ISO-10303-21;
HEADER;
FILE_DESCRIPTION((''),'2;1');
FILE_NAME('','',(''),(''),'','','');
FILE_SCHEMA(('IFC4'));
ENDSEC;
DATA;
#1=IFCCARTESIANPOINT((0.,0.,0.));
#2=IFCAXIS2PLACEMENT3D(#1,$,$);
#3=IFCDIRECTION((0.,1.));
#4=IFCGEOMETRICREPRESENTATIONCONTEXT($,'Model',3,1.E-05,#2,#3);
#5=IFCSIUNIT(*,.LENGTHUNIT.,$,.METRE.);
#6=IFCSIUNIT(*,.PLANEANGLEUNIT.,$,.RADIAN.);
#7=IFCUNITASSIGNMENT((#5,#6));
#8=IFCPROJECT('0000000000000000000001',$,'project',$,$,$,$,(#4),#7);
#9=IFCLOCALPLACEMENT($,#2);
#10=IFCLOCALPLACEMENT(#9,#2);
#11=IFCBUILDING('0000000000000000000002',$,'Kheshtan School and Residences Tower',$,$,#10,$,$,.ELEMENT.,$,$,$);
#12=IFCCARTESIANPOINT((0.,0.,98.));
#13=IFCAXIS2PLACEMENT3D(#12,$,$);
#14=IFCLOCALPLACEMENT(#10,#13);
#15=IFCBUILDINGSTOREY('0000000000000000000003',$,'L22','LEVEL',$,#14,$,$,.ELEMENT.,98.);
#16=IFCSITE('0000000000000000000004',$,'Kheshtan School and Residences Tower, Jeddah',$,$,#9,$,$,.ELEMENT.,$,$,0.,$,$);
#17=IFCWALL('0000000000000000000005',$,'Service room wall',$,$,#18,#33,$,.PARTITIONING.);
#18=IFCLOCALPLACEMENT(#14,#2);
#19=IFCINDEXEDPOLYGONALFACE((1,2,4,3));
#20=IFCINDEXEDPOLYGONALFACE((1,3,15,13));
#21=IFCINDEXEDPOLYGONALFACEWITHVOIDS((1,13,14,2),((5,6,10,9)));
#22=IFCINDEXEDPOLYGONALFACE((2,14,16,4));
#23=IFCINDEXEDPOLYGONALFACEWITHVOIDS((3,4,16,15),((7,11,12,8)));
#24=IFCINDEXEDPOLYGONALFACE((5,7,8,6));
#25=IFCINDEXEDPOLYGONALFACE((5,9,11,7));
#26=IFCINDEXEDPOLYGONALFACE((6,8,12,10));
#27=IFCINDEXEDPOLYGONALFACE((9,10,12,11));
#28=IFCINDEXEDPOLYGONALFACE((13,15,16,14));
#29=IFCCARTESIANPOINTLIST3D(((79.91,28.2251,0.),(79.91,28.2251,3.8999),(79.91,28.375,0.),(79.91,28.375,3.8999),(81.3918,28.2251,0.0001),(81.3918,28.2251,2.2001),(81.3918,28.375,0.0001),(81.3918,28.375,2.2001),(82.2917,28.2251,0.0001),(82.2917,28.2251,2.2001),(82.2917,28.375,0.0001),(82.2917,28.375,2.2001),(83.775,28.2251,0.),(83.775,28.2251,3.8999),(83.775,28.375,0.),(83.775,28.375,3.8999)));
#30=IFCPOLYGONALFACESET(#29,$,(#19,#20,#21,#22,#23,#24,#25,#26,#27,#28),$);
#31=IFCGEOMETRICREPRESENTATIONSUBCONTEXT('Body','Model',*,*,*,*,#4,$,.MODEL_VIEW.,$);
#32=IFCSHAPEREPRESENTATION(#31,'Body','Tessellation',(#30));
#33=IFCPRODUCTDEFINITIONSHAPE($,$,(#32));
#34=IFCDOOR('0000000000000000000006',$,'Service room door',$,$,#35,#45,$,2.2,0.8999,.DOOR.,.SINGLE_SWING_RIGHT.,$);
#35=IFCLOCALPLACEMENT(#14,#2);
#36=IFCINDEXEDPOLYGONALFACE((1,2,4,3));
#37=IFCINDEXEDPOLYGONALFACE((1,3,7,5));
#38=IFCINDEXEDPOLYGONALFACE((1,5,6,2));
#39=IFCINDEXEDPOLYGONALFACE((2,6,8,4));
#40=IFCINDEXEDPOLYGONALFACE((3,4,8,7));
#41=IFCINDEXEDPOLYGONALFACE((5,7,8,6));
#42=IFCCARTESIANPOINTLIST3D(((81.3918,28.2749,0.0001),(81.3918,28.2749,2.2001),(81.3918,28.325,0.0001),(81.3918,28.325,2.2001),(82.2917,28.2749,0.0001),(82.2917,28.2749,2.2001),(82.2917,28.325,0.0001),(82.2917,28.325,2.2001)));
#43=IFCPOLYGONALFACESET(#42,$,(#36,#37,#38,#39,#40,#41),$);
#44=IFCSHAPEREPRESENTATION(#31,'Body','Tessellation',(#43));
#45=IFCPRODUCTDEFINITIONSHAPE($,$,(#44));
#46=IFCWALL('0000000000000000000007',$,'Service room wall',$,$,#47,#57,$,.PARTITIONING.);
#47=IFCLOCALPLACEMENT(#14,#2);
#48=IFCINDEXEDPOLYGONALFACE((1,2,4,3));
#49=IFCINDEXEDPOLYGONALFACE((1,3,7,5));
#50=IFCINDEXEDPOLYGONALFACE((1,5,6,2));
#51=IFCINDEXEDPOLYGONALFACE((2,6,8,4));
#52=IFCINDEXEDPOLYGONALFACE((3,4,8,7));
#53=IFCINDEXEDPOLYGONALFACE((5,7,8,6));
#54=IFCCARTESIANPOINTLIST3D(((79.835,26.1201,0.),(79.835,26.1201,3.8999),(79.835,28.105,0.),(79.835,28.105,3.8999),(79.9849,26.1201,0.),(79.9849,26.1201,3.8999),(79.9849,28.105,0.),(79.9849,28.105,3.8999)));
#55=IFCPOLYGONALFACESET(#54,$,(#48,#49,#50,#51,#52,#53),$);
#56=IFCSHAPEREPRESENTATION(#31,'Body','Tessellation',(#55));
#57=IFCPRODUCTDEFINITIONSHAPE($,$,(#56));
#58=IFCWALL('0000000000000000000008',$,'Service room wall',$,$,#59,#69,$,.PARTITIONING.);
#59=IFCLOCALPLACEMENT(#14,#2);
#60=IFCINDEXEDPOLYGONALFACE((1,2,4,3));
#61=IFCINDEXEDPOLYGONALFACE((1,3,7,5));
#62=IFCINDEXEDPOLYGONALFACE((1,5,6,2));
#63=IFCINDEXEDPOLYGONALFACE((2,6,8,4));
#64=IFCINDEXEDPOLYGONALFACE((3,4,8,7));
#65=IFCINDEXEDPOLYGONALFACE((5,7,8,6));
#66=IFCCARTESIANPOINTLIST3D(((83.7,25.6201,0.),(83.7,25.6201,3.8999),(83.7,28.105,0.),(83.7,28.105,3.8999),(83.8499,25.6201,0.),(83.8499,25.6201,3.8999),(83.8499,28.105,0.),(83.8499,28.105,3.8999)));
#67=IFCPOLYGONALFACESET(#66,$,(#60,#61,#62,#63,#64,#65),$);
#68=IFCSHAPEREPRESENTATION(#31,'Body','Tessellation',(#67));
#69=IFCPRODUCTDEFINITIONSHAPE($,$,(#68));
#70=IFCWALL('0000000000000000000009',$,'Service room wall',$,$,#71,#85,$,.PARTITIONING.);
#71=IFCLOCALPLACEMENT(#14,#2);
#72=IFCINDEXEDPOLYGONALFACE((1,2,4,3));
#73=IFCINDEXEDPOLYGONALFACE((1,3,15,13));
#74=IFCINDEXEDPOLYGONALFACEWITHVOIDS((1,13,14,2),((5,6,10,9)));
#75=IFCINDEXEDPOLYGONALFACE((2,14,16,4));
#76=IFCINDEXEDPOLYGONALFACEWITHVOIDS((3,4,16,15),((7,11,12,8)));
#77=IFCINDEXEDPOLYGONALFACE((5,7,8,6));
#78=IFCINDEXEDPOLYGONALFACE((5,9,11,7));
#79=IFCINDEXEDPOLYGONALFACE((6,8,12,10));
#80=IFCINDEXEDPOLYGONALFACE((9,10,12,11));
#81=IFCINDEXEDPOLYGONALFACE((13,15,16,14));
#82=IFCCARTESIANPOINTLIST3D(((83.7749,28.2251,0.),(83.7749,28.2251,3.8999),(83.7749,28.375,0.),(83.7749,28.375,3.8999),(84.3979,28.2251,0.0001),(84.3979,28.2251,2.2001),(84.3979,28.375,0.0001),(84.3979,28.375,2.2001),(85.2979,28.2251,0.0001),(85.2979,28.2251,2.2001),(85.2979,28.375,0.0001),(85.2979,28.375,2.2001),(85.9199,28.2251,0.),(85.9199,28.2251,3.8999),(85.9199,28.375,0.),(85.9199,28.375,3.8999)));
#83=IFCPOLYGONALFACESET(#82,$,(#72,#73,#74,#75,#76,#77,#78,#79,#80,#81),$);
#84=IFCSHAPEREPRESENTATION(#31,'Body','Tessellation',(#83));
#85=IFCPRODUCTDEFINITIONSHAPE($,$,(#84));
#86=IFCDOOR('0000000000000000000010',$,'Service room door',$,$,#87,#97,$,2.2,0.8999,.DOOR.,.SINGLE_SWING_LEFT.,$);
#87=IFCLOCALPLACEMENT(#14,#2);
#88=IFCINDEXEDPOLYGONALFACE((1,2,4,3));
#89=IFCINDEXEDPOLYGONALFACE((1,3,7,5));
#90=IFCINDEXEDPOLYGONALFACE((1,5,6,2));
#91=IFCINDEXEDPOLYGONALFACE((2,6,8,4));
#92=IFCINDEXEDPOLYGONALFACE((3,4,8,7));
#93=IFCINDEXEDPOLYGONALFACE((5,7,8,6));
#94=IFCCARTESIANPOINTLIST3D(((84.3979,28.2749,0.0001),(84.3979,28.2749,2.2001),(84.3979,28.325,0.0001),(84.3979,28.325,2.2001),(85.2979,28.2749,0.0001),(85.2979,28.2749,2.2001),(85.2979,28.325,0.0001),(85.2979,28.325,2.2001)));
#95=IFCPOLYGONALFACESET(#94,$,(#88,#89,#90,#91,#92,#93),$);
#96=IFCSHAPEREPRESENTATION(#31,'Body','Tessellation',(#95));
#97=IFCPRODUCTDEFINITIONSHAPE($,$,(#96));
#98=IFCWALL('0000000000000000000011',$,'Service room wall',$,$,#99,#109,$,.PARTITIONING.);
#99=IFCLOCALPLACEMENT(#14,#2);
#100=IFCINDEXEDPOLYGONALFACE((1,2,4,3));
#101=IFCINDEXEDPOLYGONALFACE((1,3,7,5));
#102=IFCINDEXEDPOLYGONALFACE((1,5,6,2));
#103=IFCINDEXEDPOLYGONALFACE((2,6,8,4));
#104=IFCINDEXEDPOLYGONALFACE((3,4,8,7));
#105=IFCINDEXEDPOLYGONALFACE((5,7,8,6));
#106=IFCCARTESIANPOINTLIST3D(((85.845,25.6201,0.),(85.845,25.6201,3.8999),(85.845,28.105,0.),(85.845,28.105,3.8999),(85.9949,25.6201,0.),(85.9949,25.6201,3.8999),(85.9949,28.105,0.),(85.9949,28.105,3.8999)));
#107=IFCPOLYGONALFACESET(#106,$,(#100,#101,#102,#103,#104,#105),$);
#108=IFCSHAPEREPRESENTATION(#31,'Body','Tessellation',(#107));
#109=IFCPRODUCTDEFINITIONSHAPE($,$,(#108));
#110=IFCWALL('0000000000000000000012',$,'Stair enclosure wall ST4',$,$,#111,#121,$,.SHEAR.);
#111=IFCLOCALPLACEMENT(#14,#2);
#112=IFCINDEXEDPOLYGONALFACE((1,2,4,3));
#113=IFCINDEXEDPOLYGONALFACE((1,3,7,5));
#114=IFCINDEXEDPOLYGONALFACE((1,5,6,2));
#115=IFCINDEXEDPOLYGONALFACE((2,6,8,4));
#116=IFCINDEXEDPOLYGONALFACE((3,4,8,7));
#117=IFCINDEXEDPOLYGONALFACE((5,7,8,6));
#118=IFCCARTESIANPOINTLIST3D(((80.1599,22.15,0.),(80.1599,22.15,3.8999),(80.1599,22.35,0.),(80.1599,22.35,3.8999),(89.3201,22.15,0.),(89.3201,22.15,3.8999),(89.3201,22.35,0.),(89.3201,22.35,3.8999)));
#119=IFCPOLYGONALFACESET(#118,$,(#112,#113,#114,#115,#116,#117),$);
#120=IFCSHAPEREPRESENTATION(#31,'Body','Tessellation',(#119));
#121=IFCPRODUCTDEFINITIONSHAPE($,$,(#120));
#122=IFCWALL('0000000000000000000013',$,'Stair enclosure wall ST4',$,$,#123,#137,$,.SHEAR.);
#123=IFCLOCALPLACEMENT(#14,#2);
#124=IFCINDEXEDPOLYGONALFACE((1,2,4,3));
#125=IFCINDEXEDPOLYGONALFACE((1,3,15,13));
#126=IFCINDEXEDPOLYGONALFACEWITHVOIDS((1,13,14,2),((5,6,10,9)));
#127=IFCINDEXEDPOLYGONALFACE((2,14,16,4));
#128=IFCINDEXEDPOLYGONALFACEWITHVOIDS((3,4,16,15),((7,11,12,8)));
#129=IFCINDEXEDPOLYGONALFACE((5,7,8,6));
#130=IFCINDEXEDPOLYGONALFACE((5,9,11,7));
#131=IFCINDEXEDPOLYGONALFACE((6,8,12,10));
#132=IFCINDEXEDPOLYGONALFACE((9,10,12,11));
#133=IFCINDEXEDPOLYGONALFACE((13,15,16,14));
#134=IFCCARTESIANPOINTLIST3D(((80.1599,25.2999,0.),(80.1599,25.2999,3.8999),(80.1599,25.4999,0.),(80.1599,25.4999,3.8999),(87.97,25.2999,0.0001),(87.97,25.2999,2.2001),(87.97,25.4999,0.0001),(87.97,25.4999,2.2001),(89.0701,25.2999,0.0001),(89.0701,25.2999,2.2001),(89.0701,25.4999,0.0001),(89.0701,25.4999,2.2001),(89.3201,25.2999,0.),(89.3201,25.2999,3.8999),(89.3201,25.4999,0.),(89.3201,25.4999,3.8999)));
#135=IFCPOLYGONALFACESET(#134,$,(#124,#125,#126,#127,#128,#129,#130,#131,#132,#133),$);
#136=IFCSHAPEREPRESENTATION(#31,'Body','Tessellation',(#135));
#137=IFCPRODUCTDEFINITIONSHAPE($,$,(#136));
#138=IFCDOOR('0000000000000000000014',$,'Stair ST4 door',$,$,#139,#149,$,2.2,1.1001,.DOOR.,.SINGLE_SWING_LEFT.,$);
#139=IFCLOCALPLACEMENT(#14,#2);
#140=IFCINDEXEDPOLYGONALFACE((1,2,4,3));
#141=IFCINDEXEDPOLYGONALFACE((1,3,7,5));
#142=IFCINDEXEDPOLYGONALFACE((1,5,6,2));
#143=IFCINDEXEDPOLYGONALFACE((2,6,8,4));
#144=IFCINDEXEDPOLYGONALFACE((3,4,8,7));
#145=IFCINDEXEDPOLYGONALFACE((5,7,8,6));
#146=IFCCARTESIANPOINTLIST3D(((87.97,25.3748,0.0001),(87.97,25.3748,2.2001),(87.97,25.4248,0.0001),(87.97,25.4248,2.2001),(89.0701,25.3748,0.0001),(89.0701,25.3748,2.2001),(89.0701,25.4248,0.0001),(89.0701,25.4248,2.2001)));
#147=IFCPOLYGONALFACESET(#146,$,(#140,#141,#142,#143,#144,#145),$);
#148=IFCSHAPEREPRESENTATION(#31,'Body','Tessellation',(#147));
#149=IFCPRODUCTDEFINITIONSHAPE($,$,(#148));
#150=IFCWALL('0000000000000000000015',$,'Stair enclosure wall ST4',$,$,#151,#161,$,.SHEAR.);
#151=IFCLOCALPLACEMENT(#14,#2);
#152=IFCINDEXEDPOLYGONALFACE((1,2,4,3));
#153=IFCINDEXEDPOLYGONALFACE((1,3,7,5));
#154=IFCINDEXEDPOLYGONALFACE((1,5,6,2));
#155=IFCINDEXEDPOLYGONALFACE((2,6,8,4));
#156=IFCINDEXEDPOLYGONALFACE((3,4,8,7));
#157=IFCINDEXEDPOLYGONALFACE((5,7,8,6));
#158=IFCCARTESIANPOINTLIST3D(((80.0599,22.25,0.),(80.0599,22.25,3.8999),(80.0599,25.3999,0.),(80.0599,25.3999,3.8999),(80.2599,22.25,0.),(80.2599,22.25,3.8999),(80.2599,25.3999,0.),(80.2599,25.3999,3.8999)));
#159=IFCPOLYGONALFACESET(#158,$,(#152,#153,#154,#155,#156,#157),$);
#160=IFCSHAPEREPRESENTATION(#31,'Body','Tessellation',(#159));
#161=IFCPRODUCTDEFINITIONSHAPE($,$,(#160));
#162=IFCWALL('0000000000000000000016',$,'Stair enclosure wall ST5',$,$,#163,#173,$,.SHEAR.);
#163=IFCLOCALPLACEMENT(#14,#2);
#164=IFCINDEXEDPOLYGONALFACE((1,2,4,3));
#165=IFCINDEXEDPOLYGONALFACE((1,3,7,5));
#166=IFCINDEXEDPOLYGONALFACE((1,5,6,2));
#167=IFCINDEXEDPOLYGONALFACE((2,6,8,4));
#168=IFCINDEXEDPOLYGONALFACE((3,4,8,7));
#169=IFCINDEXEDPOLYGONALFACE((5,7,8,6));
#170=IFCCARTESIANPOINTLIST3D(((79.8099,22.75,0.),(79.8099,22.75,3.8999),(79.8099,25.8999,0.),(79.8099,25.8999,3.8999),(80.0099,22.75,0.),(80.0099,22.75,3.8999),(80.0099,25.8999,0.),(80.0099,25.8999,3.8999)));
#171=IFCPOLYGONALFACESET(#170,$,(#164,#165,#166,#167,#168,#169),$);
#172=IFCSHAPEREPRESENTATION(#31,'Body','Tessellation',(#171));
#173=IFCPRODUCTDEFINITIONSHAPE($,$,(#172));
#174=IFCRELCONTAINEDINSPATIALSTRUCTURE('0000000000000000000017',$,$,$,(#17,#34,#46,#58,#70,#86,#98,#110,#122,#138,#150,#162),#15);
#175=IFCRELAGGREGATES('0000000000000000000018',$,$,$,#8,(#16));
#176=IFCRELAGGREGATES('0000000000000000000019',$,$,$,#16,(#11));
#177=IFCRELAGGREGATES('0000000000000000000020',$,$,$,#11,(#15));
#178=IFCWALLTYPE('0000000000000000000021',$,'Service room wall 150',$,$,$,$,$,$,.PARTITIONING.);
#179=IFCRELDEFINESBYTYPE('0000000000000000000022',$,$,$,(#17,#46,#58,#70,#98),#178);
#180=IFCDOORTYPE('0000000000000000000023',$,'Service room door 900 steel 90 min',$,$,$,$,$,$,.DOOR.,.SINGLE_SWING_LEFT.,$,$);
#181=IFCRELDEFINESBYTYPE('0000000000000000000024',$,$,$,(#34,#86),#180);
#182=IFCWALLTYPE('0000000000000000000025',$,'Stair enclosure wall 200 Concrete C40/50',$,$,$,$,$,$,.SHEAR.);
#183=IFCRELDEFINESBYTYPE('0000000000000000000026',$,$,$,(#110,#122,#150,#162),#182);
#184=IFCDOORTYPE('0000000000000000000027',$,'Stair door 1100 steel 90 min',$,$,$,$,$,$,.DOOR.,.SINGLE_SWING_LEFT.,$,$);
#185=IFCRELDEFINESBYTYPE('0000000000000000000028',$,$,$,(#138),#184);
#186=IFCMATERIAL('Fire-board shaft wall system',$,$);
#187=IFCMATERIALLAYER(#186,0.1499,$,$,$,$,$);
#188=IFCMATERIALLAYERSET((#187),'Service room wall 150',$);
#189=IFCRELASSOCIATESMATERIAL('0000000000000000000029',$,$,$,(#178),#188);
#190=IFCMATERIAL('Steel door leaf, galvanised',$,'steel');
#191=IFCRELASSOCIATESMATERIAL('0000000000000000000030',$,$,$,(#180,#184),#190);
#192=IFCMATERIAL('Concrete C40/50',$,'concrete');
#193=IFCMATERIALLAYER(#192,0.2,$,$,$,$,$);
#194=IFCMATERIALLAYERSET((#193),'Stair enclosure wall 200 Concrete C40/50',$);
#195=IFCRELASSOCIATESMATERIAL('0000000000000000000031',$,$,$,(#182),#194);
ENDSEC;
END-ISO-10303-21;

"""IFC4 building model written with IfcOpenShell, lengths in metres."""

from ifc_helpers import new_model, si_unit, direction, frame, frame_2d, origin, place, context, subcontext, project, spatial, rectangle, extrude, source, transform, mapped, material, layer, layer_set, type_object, element, fill, save


model = new_model("IFC4")

# Units and contexts
model_context = context("Model", 3, precision=1e-05, world=origin(), true_north=direction((0.0, 1.0)))
body_context = subcontext(model_context, "Body", "Model", "MODEL_VIEW")
ifc_project = project(units=[si_unit("LENGTHUNIT", "METRE"), si_unit("PLANEANGLEUNIT", "RADIAN")], contexts=[model_context])

# Site, building, storey
site_placement = place(None, origin())
site = spatial("IfcSite", under=ifc_project, at=site_placement, Name="Kheshtan School and Residences Tower, Jeddah", CompositionType="ELEMENT", RefElevation=0.0)
building_placement = place(site_placement, origin())
building = spatial("IfcBuilding", under=site, at=building_placement, Name="Kheshtan School and Residences Tower", CompositionType="ELEMENT")
storey_placement = place(building_placement, frame((0.0, 0.0, 98.0)))
storey = spatial("IfcBuildingStorey", under=building, at=storey_placement, Name="L22", Description="LEVEL", CompositionType="ELEMENT", Elevation=98.0)

# Wall, opening, door
ifc_material_1 = material(Name="Fire-board shaft wall system")
ifc_layer_1 = layer(ifc_material_1, 0.1499)
ifc_layer_set_1 = layer_set([ifc_layer_1], Name="Service room wall 150")
wall_type_1 = type_object("IfcWallType", Name="Service room wall 150", PredefinedType="PARTITIONING", material=ifc_layer_set_1)
wall_1_placement = place(storey_placement, frame((79.9099, 28.3, 0.0), z_axis=(0.0, 0.0, 1.0), x_axis=(1.0, 0.0, 0.0)))
wall_1 = element("IfcWall", 1, at=wall_1_placement, inside=storey, type_object=wall_type_1, Name="Service room wall", PredefinedType="PARTITIONING", context=body_context, shape_type="SweptSolid", body=[
    extrude(rectangle(XDim=3.865, YDim=0.1499, at=frame_2d((1.9326, 0.0))), origin(), (0.0, 0.0, 1.0), 3.8999),
])
opening_1_placement = place(wall_1_placement, frame((1.4819, 0.0, 0.0)))
opening_1 = element("IfcOpeningElement", 2, at=opening_1_placement, cuts=wall_1, PredefinedType="OPENING", context=body_context, shape_type="SweptSolid", body=[
    extrude(rectangle(XDim=0.8999, YDim=2.2, at=frame_2d((0.45, 1.1001))), frame((0.0, 0.085, 0.0), z_axis=(0.0, -1.0, 0.0), x_axis=(1.0, 0.0, 0.0)), (0.0, 0.0, 1.0), 0.1699),
])
ifc_material_2 = material(Name="Steel door leaf, galvanised", Category="steel")
door_type_1 = type_object("IfcDoorType", Name="Service room door 900 steel 90 min", OperationType="SINGLE_SWING_LEFT", PredefinedType="DOOR", material=ifc_material_2)
shared_shape_1 = source(origin(), body_context, "Body", "SweptSolid", [
    extrude(rectangle(XDim=0.8999, YDim=2.2, at=frame_2d((0.45, 1.1001))), frame((0.0, 0.0249, 0.0), z_axis=(0.0, -1.0, 0.0), x_axis=(1.0, 0.0, 0.0)), (0.0, 0.0, 1.0), 0.05),
])
door_1_placement = place(opening_1_placement, origin())
door_1 = element("IfcDoor", 3, at=door_1_placement, inside=storey, type_object=door_type_1, Name="Service room door", OperationType="SINGLE_SWING_RIGHT", OverallHeight=2.2, OverallWidth=0.8999, PredefinedType="DOOR", context=body_context, shape_type="MappedRepresentation", body=[
    mapped(shared_shape_1, transform((0.0, 0.0, 0.0), x_axis=(1.0, 0.0, 0.0), y_axis=(0.0, 1.0, 0.0), z_axis=(0.0, 0.0, 1.0), scale=1.0)),
])
fill(opening_1, door_1)

# Walls
wall_2_placement = place(storey_placement, frame((79.9099, 26.1201, 0.0), z_axis=(0.0, 0.0, 1.0), x_axis=(0.0, 1.0, 0.0)))
element("IfcWall", 4, at=wall_2_placement, inside=storey, type_object=wall_type_1, Name="Service room wall", PredefinedType="PARTITIONING", context=body_context, shape_type="SweptSolid", body=[
    extrude(rectangle(XDim=1.9849, YDim=0.1499, at=frame_2d((0.9924, 0.0))), origin(), (0.0, 0.0, 1.0), 3.8999),
])
wall_3_placement = place(storey_placement, frame((83.7749, 25.6201, 0.0), z_axis=(0.0, 0.0, 1.0), x_axis=(0.0, 1.0, 0.0)))
element("IfcWall", 5, at=wall_3_placement, inside=storey, type_object=wall_type_1, Name="Service room wall", PredefinedType="PARTITIONING", context=body_context, shape_type="SweptSolid", body=[
    extrude(rectangle(XDim=2.4849, YDim=0.1499, at=frame_2d((1.2424, 0.0))), origin(), (0.0, 0.0, 1.0), 3.8999),
])

# Wall, opening, door
wall_4_placement = place(storey_placement, frame((83.7749, 28.3, 0.0), z_axis=(0.0, 0.0, 1.0), x_axis=(1.0, 0.0, 0.0)))
wall_4 = element("IfcWall", 6, at=wall_4_placement, inside=storey, type_object=wall_type_1, Name="Service room wall", PredefinedType="PARTITIONING", context=body_context, shape_type="SweptSolid", body=[
    extrude(rectangle(XDim=2.145, YDim=0.1499, at=frame_2d((1.0725, 0.0))), origin(), (0.0, 0.0, 1.0), 3.8999),
])
opening_2_placement = place(wall_4_placement, frame((0.623, 0.0, 0.0)))
opening_2 = element("IfcOpeningElement", 7, at=opening_2_placement, cuts=wall_4, PredefinedType="OPENING", context=body_context, shape_type="SweptSolid", body=[
    extrude(rectangle(XDim=0.8999, YDim=2.2, at=frame_2d((0.45, 1.1001))), frame((0.0, 0.085, 0.0), z_axis=(0.0, -1.0, 0.0), x_axis=(1.0, 0.0, 0.0)), (0.0, 0.0, 1.0), 0.1699),
])
door_2_placement = place(opening_2_placement, origin())
door_2 = element("IfcDoor", 8, at=door_2_placement, inside=storey, type_object=door_type_1, Name="Service room door", OperationType="SINGLE_SWING_LEFT", OverallHeight=2.2, OverallWidth=0.8999, PredefinedType="DOOR", context=body_context, shape_type="MappedRepresentation", body=[
    mapped(shared_shape_1, transform((0.0, 0.0, 0.0), x_axis=(1.0, 0.0, 0.0), y_axis=(0.0, 1.0, 0.0), z_axis=(0.0, 0.0, 1.0), scale=1.0)),
])
fill(opening_2, door_2)

# Walls
wall_5_placement = place(storey_placement, frame((85.9199, 25.6201, 0.0), z_axis=(0.0, 0.0, 1.0), x_axis=(0.0, 1.0, 0.0)))
element("IfcWall", 9, at=wall_5_placement, inside=storey, type_object=wall_type_1, Name="Service room wall", PredefinedType="PARTITIONING", context=body_context, shape_type="SweptSolid", body=[
    extrude(rectangle(XDim=2.4849, YDim=0.1499, at=frame_2d((1.2424, 0.0))), origin(), (0.0, 0.0, 1.0), 3.8999),
])
ifc_material_3 = material(Name="Concrete C40/50", Category="concrete")
ifc_layer_2 = layer(ifc_material_3, 0.2)
ifc_layer_set_2 = layer_set([ifc_layer_2], Name="Stair enclosure wall 200 Concrete C40/50")
wall_type_2 = type_object("IfcWallType", Name="Stair enclosure wall 200 Concrete C40/50", PredefinedType="SHEAR", material=ifc_layer_set_2)
wall_6_placement = place(storey_placement, frame((80.1599, 22.25, 0.0), z_axis=(0.0, 0.0, 1.0), x_axis=(1.0, 0.0, 0.0)))
element("IfcWall", 10, at=wall_6_placement, inside=storey, type_object=wall_type_2, Name="Stair enclosure wall ST4", PredefinedType="SHEAR", context=body_context, shape_type="SweptSolid", body=[
    extrude(rectangle(XDim=9.1602, YDim=0.2, at=frame_2d((4.5801, 0.0))), origin(), (0.0, 0.0, 1.0), 3.8999),
])

# Wall, opening, door
wall_7_placement = place(storey_placement, frame((80.1599, 25.3999, 0.0), z_axis=(0.0, 0.0, 1.0), x_axis=(1.0, 0.0, 0.0)))
wall_7 = element("IfcWall", 11, at=wall_7_placement, inside=storey, type_object=wall_type_2, Name="Stair enclosure wall ST4", PredefinedType="SHEAR", context=body_context, shape_type="SweptSolid", body=[
    extrude(rectangle(XDim=9.1602, YDim=0.2, at=frame_2d((4.5801, 0.0))), origin(), (0.0, 0.0, 1.0), 3.8999),
])
opening_3_placement = place(wall_7_placement, frame((7.8101, 0.0, 0.0)))
opening_3 = element("IfcOpeningElement", 12, at=opening_3_placement, cuts=wall_7, PredefinedType="OPENING", context=body_context, shape_type="SweptSolid", body=[
    extrude(rectangle(XDim=1.1001, YDim=2.2, at=frame_2d((0.55, 1.1001))), frame((0.0, 0.1099, 0.0), z_axis=(0.0, -1.0, 0.0), x_axis=(1.0, 0.0, 0.0)), (0.0, 0.0, 1.0), 0.22),
])
door_type_2 = type_object("IfcDoorType", Name="Stair door 1100 steel 90 min", OperationType="SINGLE_SWING_LEFT", PredefinedType="DOOR", material=ifc_material_2)
shared_shape_2 = source(origin(), body_context, "Body", "SweptSolid", [
    extrude(rectangle(XDim=1.1001, YDim=2.2, at=frame_2d((0.55, 1.1001))), frame((0.0, 0.0249, 0.0), z_axis=(0.0, -1.0, 0.0), x_axis=(1.0, 0.0, 0.0)), (0.0, 0.0, 1.0), 0.05),
])
door_3_placement = place(opening_3_placement, origin())
door_3 = element("IfcDoor", 13, at=door_3_placement, inside=storey, type_object=door_type_2, Name="Stair ST4 door", OperationType="SINGLE_SWING_LEFT", OverallHeight=2.2, OverallWidth=1.1001, PredefinedType="DOOR", context=body_context, shape_type="MappedRepresentation", body=[
    mapped(shared_shape_2, transform((0.0, 0.0, 0.0), x_axis=(1.0, 0.0, 0.0), y_axis=(0.0, 1.0, 0.0), z_axis=(0.0, 0.0, 1.0), scale=1.0)),
])
fill(opening_3, door_3)

# Walls
for number, where, z_axis, x_axis, name in (
    (14, (80.1599, 22.25, 0.0), (0.0, 0.0, 1.0), (0.0, 1.0, 0.0), "Stair enclosure wall ST4"),
    (15, (79.9099, 22.75, 0.0), (0.0, 0.0, 1.0), (0.0, 1.0, 0.0), "Stair enclosure wall ST5"),
):
    element("IfcWall", number, at=place(storey_placement, frame(where, z_axis=z_axis, x_axis=x_axis)), inside=storey, type_object=wall_type_2, Name=name, PredefinedType="SHEAR", context=body_context, shape_type="SweptSolid", body=[
        extrude(rectangle(XDim=3.1499, YDim=0.2, at=frame_2d((1.575, 0.0))), origin(), (0.0, 0.0, 1.0), 3.8999),
    ])

save(model, "model.ifc")
